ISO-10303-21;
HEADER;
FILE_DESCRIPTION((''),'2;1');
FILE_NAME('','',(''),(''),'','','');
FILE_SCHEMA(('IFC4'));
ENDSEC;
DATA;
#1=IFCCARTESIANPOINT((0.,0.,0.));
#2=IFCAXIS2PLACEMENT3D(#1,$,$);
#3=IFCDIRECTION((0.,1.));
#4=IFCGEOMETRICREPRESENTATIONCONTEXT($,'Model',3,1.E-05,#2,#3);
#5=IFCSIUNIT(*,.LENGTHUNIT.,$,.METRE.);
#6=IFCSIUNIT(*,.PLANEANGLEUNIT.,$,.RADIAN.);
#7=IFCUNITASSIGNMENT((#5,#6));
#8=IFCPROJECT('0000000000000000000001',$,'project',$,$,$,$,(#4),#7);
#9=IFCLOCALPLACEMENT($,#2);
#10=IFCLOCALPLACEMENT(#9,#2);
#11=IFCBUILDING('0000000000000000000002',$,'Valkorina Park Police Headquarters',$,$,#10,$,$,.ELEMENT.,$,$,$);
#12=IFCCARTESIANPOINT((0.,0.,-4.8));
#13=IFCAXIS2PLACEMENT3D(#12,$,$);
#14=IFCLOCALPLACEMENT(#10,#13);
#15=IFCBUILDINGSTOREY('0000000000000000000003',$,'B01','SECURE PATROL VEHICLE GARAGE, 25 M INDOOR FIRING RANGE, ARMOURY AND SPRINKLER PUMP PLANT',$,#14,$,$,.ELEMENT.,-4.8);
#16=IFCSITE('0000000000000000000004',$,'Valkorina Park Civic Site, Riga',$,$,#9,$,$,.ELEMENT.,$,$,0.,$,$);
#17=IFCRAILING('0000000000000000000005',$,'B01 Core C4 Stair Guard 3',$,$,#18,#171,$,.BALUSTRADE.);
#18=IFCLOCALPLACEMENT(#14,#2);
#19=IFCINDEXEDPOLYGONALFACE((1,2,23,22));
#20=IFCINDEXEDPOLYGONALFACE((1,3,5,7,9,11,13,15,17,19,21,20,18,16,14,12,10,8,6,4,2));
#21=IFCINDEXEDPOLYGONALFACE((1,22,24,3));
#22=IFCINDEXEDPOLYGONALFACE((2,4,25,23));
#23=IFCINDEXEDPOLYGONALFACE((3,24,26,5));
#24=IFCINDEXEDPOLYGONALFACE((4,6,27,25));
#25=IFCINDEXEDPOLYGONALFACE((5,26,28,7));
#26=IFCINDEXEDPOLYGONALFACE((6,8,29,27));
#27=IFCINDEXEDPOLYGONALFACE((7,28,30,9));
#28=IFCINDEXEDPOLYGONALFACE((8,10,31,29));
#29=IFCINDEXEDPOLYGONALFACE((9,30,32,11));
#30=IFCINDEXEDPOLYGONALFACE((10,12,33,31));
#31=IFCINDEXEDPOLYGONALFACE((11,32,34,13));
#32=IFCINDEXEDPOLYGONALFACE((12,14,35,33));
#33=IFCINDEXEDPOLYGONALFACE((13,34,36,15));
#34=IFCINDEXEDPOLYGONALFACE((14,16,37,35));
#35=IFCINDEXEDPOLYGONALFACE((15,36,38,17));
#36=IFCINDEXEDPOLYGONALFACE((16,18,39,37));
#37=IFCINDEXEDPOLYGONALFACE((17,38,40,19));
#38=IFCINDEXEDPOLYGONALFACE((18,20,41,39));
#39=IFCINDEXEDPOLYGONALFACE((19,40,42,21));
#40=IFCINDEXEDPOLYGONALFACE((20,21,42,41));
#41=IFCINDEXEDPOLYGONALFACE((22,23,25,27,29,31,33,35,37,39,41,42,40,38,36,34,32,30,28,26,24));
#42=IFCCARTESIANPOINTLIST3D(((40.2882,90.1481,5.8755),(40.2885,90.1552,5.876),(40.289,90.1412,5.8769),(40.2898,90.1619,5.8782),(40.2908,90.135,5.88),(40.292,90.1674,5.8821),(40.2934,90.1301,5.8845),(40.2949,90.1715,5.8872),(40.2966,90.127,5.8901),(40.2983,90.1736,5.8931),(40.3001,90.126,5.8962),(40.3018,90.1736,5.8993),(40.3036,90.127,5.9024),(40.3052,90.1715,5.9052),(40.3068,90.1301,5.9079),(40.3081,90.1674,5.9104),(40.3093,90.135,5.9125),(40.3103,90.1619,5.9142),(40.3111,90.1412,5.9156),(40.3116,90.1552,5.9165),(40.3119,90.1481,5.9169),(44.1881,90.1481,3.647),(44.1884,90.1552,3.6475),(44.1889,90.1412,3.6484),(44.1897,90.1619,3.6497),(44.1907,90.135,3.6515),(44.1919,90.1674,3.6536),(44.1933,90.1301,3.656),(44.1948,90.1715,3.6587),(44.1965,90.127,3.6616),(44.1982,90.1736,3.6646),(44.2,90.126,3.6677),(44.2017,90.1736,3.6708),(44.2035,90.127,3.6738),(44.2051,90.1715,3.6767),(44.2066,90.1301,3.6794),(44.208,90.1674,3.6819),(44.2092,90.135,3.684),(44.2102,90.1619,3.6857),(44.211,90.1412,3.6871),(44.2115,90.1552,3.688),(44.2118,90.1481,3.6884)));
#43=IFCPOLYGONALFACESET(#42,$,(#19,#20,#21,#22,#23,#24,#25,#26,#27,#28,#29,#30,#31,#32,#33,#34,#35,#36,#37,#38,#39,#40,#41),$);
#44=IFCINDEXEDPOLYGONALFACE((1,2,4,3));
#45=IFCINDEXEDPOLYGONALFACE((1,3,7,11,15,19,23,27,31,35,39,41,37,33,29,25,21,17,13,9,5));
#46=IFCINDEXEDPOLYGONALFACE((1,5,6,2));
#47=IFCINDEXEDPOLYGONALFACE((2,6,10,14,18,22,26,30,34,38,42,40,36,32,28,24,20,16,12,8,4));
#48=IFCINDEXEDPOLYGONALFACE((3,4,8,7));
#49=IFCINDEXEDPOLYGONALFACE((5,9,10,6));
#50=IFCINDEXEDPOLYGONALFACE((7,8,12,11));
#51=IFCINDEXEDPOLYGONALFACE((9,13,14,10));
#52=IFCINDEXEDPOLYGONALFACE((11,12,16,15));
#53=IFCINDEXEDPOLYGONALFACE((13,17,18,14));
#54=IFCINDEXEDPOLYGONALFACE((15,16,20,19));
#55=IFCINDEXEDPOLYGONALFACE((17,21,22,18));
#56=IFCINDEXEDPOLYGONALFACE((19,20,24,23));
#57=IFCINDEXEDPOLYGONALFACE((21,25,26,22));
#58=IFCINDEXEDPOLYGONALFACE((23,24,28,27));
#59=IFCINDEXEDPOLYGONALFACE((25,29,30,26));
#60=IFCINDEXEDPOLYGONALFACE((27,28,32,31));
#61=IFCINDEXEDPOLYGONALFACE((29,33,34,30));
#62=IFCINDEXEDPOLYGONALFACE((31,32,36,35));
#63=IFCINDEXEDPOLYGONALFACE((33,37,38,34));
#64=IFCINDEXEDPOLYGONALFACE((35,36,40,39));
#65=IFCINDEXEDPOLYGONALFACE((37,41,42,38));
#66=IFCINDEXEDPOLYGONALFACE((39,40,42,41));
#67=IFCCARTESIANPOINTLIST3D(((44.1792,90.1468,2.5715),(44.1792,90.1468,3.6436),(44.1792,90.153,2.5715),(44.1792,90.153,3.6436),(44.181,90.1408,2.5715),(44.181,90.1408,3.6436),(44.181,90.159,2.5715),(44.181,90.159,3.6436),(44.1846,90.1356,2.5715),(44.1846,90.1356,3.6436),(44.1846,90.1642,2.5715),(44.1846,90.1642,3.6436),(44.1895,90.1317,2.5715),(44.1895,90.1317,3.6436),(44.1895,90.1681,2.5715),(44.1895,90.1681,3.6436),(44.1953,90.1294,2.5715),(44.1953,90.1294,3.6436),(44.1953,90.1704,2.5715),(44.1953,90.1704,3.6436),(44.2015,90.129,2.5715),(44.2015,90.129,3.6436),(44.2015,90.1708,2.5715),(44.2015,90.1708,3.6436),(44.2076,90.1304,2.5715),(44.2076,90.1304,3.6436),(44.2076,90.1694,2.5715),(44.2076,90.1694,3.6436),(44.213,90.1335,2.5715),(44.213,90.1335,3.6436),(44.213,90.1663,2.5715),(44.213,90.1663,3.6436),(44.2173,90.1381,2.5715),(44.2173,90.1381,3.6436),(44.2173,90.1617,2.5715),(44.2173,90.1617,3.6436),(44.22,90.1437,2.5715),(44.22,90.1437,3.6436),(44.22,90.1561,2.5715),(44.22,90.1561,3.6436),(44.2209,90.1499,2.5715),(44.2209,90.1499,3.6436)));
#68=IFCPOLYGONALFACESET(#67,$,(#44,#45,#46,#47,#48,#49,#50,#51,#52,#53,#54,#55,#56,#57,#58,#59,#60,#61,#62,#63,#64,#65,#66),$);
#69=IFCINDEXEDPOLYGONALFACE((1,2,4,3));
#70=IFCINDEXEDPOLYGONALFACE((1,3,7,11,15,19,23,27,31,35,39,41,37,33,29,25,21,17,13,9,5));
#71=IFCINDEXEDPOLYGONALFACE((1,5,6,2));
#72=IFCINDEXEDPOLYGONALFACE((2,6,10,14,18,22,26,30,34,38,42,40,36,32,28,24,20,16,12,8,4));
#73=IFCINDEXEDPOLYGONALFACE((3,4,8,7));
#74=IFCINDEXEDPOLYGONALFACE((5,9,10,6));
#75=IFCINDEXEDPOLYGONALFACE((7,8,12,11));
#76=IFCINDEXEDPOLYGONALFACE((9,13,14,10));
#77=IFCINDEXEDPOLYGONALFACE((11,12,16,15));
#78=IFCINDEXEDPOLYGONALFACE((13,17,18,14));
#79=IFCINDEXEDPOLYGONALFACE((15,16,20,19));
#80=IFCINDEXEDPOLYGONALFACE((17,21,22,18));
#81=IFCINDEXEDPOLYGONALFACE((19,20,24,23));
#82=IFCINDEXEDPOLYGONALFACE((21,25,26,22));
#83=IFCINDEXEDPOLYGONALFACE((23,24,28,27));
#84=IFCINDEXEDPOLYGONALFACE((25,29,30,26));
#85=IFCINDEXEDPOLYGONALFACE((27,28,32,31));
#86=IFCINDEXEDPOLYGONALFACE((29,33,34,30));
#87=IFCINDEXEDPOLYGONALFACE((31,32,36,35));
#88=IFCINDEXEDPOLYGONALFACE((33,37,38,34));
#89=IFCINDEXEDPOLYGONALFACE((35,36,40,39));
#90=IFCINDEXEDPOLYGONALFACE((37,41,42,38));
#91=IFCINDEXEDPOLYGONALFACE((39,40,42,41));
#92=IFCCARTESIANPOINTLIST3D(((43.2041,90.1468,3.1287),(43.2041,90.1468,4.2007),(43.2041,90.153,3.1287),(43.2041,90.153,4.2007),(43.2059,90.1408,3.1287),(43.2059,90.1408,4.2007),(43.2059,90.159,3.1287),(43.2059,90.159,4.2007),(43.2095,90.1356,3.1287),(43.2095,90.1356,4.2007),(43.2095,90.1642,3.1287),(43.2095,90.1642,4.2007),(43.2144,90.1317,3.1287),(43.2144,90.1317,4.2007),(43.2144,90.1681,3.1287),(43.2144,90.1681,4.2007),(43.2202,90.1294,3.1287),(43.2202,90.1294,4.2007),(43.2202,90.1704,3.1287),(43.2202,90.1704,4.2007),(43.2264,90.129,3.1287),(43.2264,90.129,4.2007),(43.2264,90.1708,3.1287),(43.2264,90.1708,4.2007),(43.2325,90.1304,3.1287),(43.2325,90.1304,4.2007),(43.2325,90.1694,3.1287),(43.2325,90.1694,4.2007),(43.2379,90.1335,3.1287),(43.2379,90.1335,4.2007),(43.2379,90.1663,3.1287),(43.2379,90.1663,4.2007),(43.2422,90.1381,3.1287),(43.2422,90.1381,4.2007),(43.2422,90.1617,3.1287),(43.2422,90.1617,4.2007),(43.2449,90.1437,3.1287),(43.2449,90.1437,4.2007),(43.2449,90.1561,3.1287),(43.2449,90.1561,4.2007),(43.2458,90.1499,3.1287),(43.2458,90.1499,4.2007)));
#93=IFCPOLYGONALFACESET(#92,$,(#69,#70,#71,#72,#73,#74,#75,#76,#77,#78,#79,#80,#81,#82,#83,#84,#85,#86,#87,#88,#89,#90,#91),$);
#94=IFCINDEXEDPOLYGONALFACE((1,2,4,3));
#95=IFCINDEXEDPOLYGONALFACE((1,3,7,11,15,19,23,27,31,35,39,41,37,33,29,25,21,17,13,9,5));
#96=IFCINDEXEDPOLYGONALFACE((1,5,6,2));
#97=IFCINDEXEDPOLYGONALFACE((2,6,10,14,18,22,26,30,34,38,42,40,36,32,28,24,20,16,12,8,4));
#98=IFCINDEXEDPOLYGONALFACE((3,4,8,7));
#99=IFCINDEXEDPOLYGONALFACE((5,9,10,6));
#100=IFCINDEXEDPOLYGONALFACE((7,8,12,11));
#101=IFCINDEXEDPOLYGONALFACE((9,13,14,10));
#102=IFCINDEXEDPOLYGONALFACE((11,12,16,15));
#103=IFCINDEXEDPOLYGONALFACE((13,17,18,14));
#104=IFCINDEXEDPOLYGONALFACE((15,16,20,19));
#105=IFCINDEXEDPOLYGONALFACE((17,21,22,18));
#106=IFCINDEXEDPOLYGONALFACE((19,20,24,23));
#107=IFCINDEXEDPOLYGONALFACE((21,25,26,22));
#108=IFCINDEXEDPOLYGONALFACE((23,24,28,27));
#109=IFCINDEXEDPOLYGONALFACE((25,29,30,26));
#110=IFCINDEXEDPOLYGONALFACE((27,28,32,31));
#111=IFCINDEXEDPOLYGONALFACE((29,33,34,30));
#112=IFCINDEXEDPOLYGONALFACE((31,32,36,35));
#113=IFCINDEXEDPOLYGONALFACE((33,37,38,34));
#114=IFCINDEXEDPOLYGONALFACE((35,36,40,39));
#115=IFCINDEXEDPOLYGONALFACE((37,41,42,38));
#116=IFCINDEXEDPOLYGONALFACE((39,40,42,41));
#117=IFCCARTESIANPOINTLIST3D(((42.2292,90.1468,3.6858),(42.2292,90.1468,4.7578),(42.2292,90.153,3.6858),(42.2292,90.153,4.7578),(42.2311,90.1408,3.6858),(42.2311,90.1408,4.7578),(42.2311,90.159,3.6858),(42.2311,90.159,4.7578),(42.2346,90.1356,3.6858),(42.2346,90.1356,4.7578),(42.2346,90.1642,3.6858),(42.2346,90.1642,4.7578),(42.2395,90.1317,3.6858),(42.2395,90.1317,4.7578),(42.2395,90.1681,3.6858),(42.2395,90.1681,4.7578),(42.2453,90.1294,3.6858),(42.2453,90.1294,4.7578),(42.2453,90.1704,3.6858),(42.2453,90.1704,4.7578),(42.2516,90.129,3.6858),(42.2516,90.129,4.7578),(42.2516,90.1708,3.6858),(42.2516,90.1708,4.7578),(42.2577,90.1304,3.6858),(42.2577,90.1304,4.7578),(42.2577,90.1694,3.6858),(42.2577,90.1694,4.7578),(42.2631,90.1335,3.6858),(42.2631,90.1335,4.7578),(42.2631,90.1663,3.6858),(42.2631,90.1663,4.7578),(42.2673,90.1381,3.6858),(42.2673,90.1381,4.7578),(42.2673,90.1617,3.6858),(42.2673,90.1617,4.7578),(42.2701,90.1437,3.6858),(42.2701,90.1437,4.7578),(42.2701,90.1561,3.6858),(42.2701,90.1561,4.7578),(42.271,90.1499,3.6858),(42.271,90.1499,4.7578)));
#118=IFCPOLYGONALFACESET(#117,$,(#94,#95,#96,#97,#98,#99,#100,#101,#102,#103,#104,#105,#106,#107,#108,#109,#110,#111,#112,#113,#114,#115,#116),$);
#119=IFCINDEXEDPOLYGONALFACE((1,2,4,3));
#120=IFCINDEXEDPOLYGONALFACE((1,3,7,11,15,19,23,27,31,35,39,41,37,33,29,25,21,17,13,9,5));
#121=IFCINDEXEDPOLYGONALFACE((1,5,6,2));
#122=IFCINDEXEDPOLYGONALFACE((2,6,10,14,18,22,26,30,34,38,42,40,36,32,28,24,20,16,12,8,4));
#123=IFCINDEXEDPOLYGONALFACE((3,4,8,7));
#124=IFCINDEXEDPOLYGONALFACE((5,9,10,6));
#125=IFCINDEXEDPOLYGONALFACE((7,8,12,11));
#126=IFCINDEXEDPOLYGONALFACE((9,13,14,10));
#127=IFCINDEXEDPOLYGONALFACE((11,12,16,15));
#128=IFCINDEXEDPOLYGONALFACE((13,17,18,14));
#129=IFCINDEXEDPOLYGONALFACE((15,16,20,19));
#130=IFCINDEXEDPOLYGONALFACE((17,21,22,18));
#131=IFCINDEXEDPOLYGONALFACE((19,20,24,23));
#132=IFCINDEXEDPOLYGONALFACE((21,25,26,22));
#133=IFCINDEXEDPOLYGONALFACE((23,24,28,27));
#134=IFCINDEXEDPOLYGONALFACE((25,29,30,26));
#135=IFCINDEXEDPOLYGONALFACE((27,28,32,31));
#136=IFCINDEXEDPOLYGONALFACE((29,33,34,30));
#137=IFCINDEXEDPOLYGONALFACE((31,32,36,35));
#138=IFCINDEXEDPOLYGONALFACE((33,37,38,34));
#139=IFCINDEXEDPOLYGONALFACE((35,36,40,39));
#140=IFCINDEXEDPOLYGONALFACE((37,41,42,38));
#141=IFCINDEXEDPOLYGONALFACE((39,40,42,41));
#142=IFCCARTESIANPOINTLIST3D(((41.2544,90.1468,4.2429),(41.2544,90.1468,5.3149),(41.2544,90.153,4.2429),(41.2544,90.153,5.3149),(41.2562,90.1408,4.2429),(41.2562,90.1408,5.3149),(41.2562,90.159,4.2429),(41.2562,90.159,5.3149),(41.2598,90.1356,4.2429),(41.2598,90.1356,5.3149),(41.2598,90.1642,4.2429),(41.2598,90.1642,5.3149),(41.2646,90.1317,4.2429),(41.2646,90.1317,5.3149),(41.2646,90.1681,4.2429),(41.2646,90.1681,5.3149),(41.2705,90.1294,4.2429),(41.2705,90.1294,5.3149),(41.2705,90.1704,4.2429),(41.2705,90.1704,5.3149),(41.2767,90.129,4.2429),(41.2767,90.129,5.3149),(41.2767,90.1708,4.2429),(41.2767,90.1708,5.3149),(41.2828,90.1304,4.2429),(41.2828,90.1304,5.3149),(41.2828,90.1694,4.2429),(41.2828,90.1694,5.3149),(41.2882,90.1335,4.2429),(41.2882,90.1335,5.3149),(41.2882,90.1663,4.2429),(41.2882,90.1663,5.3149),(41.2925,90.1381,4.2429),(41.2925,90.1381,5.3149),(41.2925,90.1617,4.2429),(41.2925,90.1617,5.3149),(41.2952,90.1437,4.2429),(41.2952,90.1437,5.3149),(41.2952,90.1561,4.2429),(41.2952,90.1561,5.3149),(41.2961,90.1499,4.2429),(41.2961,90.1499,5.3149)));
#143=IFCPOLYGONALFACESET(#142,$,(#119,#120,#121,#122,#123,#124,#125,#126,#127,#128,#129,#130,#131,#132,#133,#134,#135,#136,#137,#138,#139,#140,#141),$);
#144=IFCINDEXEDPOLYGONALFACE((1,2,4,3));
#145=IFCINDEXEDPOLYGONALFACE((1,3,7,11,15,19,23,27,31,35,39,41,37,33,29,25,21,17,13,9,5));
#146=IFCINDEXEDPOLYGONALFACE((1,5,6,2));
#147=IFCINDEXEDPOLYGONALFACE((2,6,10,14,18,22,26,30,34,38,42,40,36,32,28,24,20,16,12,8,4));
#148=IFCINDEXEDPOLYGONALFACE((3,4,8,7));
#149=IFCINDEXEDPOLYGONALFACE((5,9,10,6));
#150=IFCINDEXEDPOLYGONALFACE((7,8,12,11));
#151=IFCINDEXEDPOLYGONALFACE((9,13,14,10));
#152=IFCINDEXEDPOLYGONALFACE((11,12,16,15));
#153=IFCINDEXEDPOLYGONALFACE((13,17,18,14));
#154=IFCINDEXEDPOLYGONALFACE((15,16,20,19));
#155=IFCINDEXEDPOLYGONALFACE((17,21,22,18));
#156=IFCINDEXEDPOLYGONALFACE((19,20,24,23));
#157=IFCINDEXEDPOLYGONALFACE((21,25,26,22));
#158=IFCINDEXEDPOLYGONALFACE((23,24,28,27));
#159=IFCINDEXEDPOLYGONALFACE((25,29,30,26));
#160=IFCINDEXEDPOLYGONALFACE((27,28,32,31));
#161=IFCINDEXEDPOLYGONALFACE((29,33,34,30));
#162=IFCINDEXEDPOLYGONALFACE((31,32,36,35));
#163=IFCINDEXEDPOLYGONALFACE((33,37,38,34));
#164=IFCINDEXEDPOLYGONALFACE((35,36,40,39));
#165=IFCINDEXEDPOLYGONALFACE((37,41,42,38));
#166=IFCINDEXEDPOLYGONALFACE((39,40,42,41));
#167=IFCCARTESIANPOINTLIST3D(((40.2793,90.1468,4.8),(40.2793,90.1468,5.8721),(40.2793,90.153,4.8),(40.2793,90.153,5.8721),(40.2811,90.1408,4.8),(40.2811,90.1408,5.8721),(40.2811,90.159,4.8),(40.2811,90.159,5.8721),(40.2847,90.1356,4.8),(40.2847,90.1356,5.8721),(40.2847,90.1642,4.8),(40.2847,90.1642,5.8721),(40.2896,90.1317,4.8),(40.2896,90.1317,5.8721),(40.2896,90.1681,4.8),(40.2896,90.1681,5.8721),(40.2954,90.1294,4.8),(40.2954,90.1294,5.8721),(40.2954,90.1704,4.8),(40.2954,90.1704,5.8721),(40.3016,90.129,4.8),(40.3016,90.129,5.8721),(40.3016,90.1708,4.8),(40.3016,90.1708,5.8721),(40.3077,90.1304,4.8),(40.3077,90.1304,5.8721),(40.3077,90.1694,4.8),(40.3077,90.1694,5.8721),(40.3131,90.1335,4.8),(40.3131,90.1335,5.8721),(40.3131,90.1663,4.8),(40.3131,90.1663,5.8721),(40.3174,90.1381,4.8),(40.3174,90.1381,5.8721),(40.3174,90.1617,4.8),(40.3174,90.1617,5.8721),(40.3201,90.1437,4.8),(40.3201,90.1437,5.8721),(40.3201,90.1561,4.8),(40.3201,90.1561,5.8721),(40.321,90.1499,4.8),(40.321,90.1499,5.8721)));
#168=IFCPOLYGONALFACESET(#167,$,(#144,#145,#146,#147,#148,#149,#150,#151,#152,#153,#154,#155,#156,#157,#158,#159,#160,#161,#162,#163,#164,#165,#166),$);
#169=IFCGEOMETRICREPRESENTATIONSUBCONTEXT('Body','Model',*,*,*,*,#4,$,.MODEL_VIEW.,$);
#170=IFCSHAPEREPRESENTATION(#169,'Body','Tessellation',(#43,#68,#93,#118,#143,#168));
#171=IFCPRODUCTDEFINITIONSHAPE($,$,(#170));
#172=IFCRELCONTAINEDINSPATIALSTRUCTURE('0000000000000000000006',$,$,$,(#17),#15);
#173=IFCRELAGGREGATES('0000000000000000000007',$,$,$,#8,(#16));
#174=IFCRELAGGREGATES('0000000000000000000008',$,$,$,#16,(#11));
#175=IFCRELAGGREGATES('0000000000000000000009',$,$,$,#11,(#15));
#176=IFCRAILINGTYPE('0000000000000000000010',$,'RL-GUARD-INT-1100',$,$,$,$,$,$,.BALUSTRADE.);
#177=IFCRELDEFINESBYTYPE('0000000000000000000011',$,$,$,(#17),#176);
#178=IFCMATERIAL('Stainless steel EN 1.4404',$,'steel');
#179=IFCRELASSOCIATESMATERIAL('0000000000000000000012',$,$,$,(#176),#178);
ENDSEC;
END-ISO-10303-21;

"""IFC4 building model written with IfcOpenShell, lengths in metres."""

from ifc_helpers import new_model, si_unit, direction, frame, origin, origin_2d, place, context, subcontext, project, spatial, circle, extrude, material, type_object, element, save


model = new_model("IFC4")

# Units and contexts
model_context = context("Model", 3, precision=1e-05, world=origin(), true_north=direction((0.0, 1.0)))
body_context = subcontext(model_context, "Body", "Model", "MODEL_VIEW")
ifc_project = project(units=[si_unit("LENGTHUNIT", "METRE"), si_unit("PLANEANGLEUNIT", "RADIAN")], contexts=[model_context])

# Site, building, storey
site_placement = place(None, origin())
site = spatial("IfcSite", under=ifc_project, at=site_placement, Name="Valkorina Park Civic Site, Riga", CompositionType="ELEMENT", RefElevation=0.0)
building_placement = place(site_placement, origin())
building = spatial("IfcBuilding", under=site, at=building_placement, Name="Valkorina Park Police Headquarters", CompositionType="ELEMENT")
storey_placement = place(building_placement, frame((0.0, 0.0, -4.8)))
storey = spatial("IfcBuildingStorey", under=building, at=storey_placement, Name="B01", Description="SECURE PATROL VEHICLE GARAGE, 25 M INDOOR FIRING RANGE, ARMOURY AND SPRINKLER PUMP PLANT", CompositionType="ELEMENT", Elevation=-4.8)

# Shared definitions
ifc_material_1 = material(Name="Stainless steel EN 1.4404", Category="steel")

# Railing
railing_type_1 = type_object("IfcRailingType", Name="RL-GUARD-INT-1100", PredefinedType="BALUSTRADE", material=ifc_material_1)
railing_1_placement = place(storey_placement, frame((44.2, 90.1499, 2.5715)))
element("IfcRailing", 1, at=railing_1_placement, inside=storey, type_object=railing_type_1, Name="B01 Core C4 Stair Guard 3", PredefinedType="BALUSTRADE", context=body_context, shape_type="SweptSolid", body=[
    extrude(circle(Radius=0.0239, at=origin_2d()), frame((0.0, 0.0, 1.0962), z_axis=(-0.868243, 0.0, 0.496139), x_axis=(0.0, -1.0, 0.0)), (0.0, 0.0, 1.0), 4.4917),
    extrude(circle(Radius=0.021, at=origin_2d()), origin(), (0.0, 0.0, 1.0), 1.072),
    extrude(circle(Radius=0.021, at=origin_2d()), frame((-0.9751, 0.0, 0.5571)), (0.0, 0.0, 1.0), 1.072),
    extrude(circle(Radius=0.021, at=origin_2d()), frame((-1.95, 0.0, 1.1143)), (0.0, 0.0, 1.0), 1.072),
    extrude(circle(Radius=0.021, at=origin_2d()), frame((-2.9248, 0.0, 1.6714)), (0.0, 0.0, 1.0), 1.072),
    extrude(circle(Radius=0.021, at=origin_2d()), frame((-3.8999, 0.0, 2.2285)), (0.0, 0.0, 1.0), 1.072),
])

save(model, "model.ifc")
